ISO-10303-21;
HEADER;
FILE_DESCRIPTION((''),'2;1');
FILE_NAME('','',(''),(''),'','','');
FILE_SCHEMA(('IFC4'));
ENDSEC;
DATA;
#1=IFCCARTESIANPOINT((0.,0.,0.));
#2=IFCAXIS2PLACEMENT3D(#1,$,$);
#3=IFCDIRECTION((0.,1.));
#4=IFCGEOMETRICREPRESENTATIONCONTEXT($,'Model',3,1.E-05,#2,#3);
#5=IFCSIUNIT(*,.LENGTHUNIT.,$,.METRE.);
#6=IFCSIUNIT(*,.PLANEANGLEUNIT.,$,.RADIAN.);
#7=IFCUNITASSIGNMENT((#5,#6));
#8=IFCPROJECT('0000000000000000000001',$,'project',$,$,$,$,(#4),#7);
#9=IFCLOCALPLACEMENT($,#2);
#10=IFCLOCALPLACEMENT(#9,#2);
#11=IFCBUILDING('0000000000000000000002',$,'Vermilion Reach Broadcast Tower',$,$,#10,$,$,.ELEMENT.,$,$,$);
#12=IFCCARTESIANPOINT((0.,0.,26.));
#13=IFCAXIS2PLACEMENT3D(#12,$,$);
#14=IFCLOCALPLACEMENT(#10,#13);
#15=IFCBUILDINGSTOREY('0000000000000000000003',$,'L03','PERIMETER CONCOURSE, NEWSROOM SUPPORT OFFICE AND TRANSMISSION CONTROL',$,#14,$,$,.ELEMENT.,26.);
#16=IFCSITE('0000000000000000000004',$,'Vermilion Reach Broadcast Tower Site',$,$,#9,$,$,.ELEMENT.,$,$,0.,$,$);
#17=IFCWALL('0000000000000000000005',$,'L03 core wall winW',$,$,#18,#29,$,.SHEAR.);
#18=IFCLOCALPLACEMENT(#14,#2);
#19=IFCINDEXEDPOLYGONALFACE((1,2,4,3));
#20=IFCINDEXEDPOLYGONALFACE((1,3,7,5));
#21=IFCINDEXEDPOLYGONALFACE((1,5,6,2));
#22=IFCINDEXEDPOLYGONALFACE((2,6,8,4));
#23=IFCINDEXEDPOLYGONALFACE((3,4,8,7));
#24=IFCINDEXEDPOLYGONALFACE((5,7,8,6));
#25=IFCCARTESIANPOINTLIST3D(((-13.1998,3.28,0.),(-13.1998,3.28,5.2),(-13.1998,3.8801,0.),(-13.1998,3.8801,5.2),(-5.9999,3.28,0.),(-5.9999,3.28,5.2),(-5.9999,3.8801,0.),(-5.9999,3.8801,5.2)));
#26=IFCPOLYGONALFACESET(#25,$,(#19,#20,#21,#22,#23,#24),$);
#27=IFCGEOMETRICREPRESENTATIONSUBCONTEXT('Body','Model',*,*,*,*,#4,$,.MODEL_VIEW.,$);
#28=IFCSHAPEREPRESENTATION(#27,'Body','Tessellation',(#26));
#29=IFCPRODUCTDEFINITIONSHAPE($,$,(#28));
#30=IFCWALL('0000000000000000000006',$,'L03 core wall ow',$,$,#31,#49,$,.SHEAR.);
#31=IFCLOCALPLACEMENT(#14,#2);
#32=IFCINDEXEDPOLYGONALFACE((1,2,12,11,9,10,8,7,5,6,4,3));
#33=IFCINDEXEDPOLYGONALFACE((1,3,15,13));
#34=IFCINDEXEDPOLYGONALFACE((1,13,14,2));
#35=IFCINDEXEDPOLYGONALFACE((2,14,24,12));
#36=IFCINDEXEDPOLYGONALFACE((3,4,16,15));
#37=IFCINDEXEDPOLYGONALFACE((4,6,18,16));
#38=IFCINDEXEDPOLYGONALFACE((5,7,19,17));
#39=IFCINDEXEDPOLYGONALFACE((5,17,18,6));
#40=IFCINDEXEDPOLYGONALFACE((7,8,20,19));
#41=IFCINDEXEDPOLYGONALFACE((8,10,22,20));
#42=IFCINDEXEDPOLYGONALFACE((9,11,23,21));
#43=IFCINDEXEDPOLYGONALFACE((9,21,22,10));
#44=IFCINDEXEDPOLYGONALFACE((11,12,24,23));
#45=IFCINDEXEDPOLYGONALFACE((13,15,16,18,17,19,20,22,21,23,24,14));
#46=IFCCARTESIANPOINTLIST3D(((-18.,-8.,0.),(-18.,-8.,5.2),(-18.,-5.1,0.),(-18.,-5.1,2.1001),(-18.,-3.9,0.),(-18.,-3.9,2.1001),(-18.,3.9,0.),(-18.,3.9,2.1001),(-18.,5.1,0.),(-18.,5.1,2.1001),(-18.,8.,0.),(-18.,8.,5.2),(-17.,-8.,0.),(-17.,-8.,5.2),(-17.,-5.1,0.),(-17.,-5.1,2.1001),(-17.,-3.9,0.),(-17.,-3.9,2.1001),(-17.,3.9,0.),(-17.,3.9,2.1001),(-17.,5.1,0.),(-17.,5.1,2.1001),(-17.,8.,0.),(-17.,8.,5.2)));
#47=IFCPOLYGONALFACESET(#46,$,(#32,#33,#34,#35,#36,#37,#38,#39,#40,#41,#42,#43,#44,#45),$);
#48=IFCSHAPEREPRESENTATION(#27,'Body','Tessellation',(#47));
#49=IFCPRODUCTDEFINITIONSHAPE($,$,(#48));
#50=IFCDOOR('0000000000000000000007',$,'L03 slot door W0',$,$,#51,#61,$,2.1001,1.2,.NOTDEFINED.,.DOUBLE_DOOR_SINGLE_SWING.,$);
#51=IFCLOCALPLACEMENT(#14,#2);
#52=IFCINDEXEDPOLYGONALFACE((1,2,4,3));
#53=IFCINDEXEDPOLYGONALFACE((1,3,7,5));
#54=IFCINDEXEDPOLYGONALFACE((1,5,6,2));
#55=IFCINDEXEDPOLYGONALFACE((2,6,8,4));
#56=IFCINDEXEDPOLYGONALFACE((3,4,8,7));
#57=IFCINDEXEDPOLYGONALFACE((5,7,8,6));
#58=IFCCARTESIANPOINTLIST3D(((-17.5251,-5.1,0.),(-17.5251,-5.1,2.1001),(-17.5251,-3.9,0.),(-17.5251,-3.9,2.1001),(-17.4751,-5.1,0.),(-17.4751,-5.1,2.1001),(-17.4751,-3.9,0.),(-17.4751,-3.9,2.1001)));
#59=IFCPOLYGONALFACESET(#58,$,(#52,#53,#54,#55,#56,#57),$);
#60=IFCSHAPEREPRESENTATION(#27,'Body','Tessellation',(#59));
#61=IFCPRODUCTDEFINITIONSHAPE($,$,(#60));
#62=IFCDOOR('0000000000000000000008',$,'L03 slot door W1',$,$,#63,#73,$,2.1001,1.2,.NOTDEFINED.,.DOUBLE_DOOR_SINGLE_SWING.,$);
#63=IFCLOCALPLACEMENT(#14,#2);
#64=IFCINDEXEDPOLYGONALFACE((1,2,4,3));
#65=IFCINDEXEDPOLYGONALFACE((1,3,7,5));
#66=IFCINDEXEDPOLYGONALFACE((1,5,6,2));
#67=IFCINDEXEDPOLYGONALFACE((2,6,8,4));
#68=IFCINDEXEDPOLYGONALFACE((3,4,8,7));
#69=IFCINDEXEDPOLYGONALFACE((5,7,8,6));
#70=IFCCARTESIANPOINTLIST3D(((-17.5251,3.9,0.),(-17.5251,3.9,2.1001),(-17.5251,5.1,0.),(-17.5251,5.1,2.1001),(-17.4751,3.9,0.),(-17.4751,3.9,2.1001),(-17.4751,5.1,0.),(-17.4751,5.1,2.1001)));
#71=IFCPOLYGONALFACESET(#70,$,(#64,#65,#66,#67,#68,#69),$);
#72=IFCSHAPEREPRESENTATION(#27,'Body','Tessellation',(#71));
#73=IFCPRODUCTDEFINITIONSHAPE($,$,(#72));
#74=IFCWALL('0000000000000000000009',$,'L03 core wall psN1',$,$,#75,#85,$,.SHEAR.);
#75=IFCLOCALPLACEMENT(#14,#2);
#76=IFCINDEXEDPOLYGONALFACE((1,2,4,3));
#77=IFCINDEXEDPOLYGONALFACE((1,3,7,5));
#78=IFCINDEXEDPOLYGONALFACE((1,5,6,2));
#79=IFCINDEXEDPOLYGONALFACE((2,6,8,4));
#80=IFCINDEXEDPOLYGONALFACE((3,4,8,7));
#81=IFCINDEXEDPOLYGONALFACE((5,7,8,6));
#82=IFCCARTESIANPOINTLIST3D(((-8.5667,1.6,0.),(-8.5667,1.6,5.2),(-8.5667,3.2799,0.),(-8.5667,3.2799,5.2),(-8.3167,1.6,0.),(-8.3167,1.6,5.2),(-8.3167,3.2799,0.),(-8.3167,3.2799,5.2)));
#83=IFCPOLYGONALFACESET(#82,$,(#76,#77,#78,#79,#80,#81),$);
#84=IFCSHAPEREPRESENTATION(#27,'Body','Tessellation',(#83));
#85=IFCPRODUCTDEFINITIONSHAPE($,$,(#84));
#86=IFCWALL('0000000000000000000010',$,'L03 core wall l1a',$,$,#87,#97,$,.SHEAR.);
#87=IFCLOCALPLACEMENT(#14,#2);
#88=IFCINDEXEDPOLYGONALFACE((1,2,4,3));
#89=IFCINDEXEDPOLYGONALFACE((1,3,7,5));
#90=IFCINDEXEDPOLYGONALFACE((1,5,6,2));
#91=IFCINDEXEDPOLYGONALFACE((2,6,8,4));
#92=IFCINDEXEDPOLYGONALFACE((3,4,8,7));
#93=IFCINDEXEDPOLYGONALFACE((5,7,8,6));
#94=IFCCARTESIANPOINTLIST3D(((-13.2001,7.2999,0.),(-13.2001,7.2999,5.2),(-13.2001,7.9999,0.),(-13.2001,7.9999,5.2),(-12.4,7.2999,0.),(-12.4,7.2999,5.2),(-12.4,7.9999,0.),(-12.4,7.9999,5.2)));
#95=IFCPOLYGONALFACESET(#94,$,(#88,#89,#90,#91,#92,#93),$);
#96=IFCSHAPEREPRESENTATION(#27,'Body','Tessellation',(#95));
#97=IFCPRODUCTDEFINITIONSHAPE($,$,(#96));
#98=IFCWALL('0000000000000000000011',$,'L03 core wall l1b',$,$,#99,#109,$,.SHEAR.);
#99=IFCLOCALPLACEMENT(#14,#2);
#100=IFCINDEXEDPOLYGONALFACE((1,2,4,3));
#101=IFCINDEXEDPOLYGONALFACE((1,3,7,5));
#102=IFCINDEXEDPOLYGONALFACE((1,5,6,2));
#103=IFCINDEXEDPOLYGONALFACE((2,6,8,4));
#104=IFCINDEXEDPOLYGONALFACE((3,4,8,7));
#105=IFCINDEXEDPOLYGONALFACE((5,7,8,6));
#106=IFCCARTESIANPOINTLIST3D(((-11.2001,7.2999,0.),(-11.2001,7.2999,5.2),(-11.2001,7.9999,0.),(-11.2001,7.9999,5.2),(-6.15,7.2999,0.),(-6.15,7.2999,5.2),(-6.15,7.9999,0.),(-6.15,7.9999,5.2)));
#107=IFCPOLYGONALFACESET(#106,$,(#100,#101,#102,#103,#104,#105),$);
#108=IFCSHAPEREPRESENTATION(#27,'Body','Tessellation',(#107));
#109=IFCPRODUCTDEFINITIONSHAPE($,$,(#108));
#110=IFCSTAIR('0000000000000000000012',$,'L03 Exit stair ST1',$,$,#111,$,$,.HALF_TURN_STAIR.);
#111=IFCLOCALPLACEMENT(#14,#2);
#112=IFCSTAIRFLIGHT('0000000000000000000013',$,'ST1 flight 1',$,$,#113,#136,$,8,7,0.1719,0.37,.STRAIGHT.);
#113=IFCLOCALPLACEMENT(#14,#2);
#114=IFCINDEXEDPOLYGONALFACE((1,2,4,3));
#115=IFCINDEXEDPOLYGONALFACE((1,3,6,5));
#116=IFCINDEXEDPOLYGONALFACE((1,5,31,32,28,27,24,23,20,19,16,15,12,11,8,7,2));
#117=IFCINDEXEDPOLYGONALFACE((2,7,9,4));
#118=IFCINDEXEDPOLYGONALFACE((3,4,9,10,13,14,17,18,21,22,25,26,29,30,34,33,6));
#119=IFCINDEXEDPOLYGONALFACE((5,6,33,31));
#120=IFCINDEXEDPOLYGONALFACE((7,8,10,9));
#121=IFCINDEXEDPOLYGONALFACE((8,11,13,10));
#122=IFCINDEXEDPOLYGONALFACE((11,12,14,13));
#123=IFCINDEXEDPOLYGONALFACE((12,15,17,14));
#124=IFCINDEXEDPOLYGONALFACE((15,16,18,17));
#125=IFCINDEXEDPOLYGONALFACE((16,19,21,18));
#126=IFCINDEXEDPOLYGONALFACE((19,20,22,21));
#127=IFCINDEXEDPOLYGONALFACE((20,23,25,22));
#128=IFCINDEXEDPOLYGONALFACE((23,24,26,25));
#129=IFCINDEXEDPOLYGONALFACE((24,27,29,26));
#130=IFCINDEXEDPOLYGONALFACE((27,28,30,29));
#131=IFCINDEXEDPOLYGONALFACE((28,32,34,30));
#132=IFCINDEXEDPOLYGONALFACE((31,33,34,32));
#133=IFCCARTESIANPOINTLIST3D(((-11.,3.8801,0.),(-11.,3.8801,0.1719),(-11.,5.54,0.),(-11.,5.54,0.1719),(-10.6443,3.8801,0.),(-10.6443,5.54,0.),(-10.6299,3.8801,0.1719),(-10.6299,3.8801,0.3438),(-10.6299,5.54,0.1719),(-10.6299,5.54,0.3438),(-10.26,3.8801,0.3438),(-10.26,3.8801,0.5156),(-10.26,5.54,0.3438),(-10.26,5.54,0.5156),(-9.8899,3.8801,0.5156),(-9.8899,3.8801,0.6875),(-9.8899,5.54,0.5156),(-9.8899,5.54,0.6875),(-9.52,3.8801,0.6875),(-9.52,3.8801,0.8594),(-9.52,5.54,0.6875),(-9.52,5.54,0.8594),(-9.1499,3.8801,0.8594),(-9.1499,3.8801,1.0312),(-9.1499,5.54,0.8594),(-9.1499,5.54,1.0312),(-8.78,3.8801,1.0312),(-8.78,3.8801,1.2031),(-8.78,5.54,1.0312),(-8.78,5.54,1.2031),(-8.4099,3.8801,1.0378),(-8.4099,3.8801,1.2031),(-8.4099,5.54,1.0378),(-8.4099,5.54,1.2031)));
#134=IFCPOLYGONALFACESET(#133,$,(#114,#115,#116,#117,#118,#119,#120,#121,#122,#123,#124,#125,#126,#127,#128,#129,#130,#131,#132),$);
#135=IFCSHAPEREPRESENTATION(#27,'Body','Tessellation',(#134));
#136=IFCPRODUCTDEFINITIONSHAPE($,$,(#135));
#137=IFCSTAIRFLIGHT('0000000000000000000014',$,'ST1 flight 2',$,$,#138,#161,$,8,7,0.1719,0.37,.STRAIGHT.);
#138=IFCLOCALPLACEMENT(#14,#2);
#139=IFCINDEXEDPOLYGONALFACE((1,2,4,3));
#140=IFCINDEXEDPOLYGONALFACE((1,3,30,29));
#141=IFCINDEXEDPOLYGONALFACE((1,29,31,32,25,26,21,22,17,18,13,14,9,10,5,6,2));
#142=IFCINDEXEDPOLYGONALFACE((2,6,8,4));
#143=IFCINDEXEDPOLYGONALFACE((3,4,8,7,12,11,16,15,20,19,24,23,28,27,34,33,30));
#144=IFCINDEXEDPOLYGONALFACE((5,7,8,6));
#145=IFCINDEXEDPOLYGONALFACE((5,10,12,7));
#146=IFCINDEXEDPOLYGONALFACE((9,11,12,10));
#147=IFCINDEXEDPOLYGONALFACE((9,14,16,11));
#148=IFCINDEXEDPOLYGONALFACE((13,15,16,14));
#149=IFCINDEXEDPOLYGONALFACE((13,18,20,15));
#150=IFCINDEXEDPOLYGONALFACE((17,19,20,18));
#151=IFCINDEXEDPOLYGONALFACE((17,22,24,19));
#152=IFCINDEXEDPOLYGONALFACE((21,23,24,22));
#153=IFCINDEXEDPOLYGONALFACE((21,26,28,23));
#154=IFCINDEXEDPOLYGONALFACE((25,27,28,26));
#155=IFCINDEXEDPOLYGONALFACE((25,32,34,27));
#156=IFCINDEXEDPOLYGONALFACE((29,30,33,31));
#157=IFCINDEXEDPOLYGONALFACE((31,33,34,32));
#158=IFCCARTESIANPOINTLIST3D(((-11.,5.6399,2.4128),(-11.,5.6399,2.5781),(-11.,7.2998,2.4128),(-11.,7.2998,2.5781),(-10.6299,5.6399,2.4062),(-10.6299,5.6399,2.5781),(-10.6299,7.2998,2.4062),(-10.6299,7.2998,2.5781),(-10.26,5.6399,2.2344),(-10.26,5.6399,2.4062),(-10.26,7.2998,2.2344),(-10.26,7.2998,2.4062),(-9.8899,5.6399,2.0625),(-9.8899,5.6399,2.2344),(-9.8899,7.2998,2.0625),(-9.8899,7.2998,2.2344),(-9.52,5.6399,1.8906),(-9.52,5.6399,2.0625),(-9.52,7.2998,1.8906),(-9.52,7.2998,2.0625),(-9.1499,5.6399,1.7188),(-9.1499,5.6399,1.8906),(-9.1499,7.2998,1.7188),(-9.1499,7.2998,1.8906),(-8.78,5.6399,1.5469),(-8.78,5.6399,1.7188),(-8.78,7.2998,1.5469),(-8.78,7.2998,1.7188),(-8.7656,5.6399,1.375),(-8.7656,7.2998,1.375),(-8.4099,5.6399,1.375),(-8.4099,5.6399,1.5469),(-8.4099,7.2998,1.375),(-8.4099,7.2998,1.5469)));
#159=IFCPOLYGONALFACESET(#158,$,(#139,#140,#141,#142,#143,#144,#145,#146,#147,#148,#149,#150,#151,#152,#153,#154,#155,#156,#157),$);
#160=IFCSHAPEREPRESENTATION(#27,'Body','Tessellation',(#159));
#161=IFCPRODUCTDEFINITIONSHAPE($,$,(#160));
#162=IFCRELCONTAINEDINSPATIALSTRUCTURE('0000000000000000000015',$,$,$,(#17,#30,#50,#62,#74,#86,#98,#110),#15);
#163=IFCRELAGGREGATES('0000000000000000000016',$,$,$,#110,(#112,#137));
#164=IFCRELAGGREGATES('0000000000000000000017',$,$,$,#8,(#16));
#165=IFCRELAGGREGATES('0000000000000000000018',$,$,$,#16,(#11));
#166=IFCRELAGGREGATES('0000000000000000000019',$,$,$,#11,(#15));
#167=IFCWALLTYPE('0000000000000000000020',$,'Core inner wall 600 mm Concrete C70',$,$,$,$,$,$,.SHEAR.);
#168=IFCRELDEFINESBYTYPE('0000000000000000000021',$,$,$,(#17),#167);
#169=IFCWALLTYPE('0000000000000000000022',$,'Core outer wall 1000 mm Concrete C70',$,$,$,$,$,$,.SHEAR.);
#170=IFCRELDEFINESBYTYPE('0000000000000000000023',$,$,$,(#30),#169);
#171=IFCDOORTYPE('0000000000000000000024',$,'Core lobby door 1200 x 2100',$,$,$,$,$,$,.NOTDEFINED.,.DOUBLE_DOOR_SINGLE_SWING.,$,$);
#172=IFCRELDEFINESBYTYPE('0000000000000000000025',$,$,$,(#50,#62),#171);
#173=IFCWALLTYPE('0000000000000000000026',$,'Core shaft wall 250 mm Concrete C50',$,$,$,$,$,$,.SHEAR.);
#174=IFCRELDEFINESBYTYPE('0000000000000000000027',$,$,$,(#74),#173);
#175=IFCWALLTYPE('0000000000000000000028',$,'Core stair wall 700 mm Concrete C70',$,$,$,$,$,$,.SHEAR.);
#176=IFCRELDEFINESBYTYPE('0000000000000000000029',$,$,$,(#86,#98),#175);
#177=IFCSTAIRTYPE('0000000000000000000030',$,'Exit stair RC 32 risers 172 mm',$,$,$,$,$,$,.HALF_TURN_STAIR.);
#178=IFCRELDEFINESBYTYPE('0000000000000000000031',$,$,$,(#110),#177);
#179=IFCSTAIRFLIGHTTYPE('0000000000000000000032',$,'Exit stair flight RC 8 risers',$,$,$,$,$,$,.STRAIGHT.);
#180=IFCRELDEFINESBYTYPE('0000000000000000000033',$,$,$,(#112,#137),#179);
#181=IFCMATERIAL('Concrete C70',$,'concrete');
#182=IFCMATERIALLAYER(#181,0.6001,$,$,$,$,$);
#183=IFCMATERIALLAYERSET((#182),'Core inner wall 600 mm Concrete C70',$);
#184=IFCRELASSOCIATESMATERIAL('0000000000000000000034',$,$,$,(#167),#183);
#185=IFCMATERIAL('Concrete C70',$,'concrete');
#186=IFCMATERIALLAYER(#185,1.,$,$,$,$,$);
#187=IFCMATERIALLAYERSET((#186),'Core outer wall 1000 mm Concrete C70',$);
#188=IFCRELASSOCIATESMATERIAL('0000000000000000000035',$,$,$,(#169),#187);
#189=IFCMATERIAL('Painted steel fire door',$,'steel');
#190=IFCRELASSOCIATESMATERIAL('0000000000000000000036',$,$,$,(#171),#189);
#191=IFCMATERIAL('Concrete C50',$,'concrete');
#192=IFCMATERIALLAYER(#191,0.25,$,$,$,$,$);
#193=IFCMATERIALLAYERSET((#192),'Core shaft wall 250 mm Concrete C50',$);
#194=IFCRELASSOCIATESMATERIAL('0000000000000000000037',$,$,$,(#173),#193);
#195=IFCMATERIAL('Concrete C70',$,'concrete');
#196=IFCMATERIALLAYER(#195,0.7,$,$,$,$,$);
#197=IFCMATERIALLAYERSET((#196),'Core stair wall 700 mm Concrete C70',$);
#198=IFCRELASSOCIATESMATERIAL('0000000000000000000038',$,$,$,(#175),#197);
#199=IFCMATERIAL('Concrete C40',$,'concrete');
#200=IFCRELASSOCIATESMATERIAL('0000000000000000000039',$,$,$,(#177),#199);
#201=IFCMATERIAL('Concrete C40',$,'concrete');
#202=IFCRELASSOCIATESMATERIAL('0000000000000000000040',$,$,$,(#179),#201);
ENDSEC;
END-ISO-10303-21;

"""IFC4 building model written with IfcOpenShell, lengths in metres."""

from ifc_helpers import new_model, si_unit, direction, frame, frame_2d, origin, place, context, subcontext, project, spatial, polyline, rectangle, outline, extrude, material, layer, layer_set, type_object, element, fill, aggregate, save


model = new_model("IFC4")

# Units and contexts
model_context = context("Model", 3, precision=1e-05, world=origin(), true_north=direction((0.0, 1.0)))
body_context = subcontext(model_context, "Body", "Model", "MODEL_VIEW")
ifc_project = project(units=[si_unit("LENGTHUNIT", "METRE"), si_unit("PLANEANGLEUNIT", "RADIAN")], contexts=[model_context])

# Site, building, storey
site_placement = place(None, origin())
site = spatial("IfcSite", under=ifc_project, at=site_placement, Name="Vermilion Reach Broadcast Tower Site", CompositionType="ELEMENT", RefElevation=0.0)
building_placement = place(site_placement, origin())
building = spatial("IfcBuilding", under=site, at=building_placement, Name="Vermilion Reach Broadcast Tower", CompositionType="ELEMENT")
storey_placement = place(building_placement, frame((0.0, 0.0, 26.0)))
storey = spatial("IfcBuildingStorey", under=building, at=storey_placement, Name="L03", Description="PERIMETER CONCOURSE, NEWSROOM SUPPORT OFFICE AND TRANSMISSION CONTROL", CompositionType="ELEMENT", Elevation=26.0)

# Wall
ifc_material_1 = material(Name="Concrete C70", Category="concrete")
ifc_layer_1 = layer(ifc_material_1, 0.6001)
ifc_layer_set_1 = layer_set([ifc_layer_1], Name="Core inner wall 600 mm Concrete C70")
wall_type_1 = type_object("IfcWallType", Name="Core inner wall 600 mm Concrete C70", PredefinedType="SHEAR", material=ifc_layer_set_1)
wall_1_placement = place(storey_placement, frame((-13.2, 3.5801, 0.0), z_axis=(0.0, 0.0, 1.0), x_axis=(1.0, 0.0, 0.0)))
element("IfcWall", 1, at=wall_1_placement, inside=storey, type_object=wall_type_1, Name="L03 core wall winW", PredefinedType="SHEAR", context=body_context, shape_type="SweptSolid", body=[
    extrude(rectangle(XDim=7.2, YDim=0.6001, at=frame_2d((3.6001, 0.0))), origin(), (0.0, 0.0, 1.0), 5.2),
])

# Wall, openings, doors
ifc_material_2 = material(Name="Concrete C70", Category="concrete")
ifc_layer_2 = layer(ifc_material_2, 1.0)
ifc_layer_set_2 = layer_set([ifc_layer_2], Name="Core outer wall 1000 mm Concrete C70")
wall_type_2 = type_object("IfcWallType", Name="Core outer wall 1000 mm Concrete C70", PredefinedType="SHEAR", material=ifc_layer_set_2)
wall_2_placement = place(storey_placement, frame((-17.5, 8.0, 0.0), z_axis=(0.0, 0.0, 1.0), x_axis=(0.0, -1.0, 0.0)))
wall_2 = element("IfcWall", 2, at=wall_2_placement, inside=storey, type_object=wall_type_2, Name="L03 core wall ow", PredefinedType="SHEAR", context=body_context, shape_type="SweptSolid", body=[
    extrude(rectangle(XDim=16.0, YDim=1.0, at=frame_2d((8.0, 0.0))), origin(), (0.0, 0.0, 1.0), 5.2),
])
opening_1_placement = place(wall_2_placement, frame((11.8999, 0.0, 0.0)))
opening_1 = element("IfcOpeningElement", 3, at=opening_1_placement, cuts=wall_2, PredefinedType="OPENING", context=body_context, shape_type="SweptSolid", body=[
    extrude(rectangle(XDim=1.2, YDim=2.1001, at=frame_2d((0.6001, 1.05))), frame((0.0, 0.51, 0.0), z_axis=(0.0, -1.0, 0.0), x_axis=(1.0, 0.0, 0.0)), (0.0, 0.0, 1.0), 1.02),
])
opening_2_placement = place(wall_2_placement, frame((2.8999, 0.0, 0.0)))
opening_2 = element("IfcOpeningElement", 4, at=opening_2_placement, cuts=wall_2, PredefinedType="OPENING", context=body_context, shape_type="SweptSolid", body=[
    extrude(rectangle(XDim=1.2, YDim=2.1001, at=frame_2d((0.6001, 1.05))), frame((0.0, 0.51, 0.0), z_axis=(0.0, -1.0, 0.0), x_axis=(1.0, 0.0, 0.0)), (0.0, 0.0, 1.0), 1.02),
])
ifc_material_3 = material(Name="Painted steel fire door", Category="steel")
door_type = type_object("IfcDoorType", Name="Core lobby door 1200 x 2100", OperationType="DOUBLE_DOOR_SINGLE_SWING", PredefinedType="NOTDEFINED", material=ifc_material_3)
door_1_placement = place(opening_1_placement, origin())
door_1 = element("IfcDoor", 5, at=door_1_placement, inside=storey, type_object=door_type, Name="L03 slot door W0", OperationType="DOUBLE_DOOR_SINGLE_SWING", OverallHeight=2.1001, OverallWidth=1.2, PredefinedType="NOTDEFINED", context=body_context, shape_type="SweptSolid", body=[
    extrude(rectangle(XDim=1.2, YDim=2.1001, at=frame_2d((0.6001, 1.05))), frame((0.0, 0.0249, 0.0), z_axis=(0.0, -1.0, 0.0), x_axis=(1.0, 0.0, 0.0)), (0.0, 0.0, 1.0), 0.05),
])
fill(opening_1, door_1)
door_2_placement = place(opening_2_placement, origin())
door_2 = element("IfcDoor", 6, at=door_2_placement, inside=storey, type_object=door_type, Name="L03 slot door W1", OperationType="DOUBLE_DOOR_SINGLE_SWING", OverallHeight=2.1001, OverallWidth=1.2, PredefinedType="NOTDEFINED", context=body_context, shape_type="SweptSolid", body=[
    extrude(rectangle(XDim=1.2, YDim=2.1001, at=frame_2d((0.6001, 1.05))), frame((0.0, 0.0249, 0.0), z_axis=(0.0, -1.0, 0.0), x_axis=(1.0, 0.0, 0.0)), (0.0, 0.0, 1.0), 0.05),
])
fill(opening_2, door_2)

# Walls
ifc_material_4 = material(Name="Concrete C50", Category="concrete")
ifc_layer_3 = layer(ifc_material_4, 0.25)
ifc_layer_set_3 = layer_set([ifc_layer_3], Name="Core shaft wall 250 mm Concrete C50")
wall_type_3 = type_object("IfcWallType", Name="Core shaft wall 250 mm Concrete C50", PredefinedType="SHEAR", material=ifc_layer_set_3)
wall_3_placement = place(storey_placement, frame((-8.4417, 1.6001, 0.0), z_axis=(0.0, 0.0, 1.0), x_axis=(0.0, 1.0, 0.0)))
element("IfcWall", 7, at=wall_3_placement, inside=storey, type_object=wall_type_3, Name="L03 core wall psN1", PredefinedType="SHEAR", context=body_context, shape_type="SweptSolid", body=[
    extrude(rectangle(XDim=1.6799, YDim=0.25, at=frame_2d((0.8398, 0.0))), origin(), (0.0, 0.0, 1.0), 5.2),
])
ifc_material_5 = material(Name="Concrete C70", Category="concrete")
ifc_layer_4 = layer(ifc_material_5, 0.7)
ifc_layer_set_4 = layer_set([ifc_layer_4], Name="Core stair wall 700 mm Concrete C70")
wall_type_4 = type_object("IfcWallType", Name="Core stair wall 700 mm Concrete C70", PredefinedType="SHEAR", material=ifc_layer_set_4)
wall_4_placement = place(storey_placement, frame((-13.2, 7.6499, 0.0), z_axis=(0.0, 0.0, 1.0), x_axis=(1.0, 0.0, 0.0)))
element("IfcWall", 8, at=wall_4_placement, inside=storey, type_object=wall_type_4, Name="L03 core wall l1a", PredefinedType="SHEAR", context=body_context, shape_type="SweptSolid", body=[
    extrude(rectangle(XDim=0.8, YDim=0.7, at=frame_2d((0.3999, 0.0))), origin(), (0.0, 0.0, 1.0), 5.2),
])
wall_5_placement = place(storey_placement, frame((-11.2, 7.6499, 0.0), z_axis=(0.0, 0.0, 1.0), x_axis=(1.0, 0.0, 0.0)))
element("IfcWall", 9, at=wall_5_placement, inside=storey, type_object=wall_type_4, Name="L03 core wall l1b", PredefinedType="SHEAR", context=body_context, shape_type="SweptSolid", body=[
    extrude(rectangle(XDim=5.05, YDim=0.7, at=frame_2d((2.5249, 0.0))), origin(), (0.0, 0.0, 1.0), 5.2),
])

# Stair, stair flights
ifc_material_6 = material(Name="Concrete C40", Category="concrete")
stair_type = type_object("IfcStairType", Name="Exit stair RC 32 risers 172 mm", PredefinedType="HALF_TURN_STAIR", material=ifc_material_6)
stair_placement = place(storey_placement, origin())
stair = element("IfcStair", 10, at=stair_placement, inside=storey, type_object=stair_type, Name="L03 Exit stair ST1", PredefinedType="HALF_TURN_STAIR")
ifc_material_7 = material(Name="Concrete C40", Category="concrete")
stair_flight_type = type_object("IfcStairFlightType", Name="Exit stair flight RC 8 risers", PredefinedType="STRAIGHT", material=ifc_material_7)
stair_flight_1_placement = place(storey_placement, frame((-11.0, 4.71, 0.0), z_axis=(0.0, 0.0, 1.0), x_axis=(1.0, 0.0, 0.0)))
stair_flight_1 = element("IfcStairFlight", 11, at=stair_flight_1_placement, type_object=stair_flight_type, Name="ST1 flight 1", NumberOfRisers=8, NumberOfTreads=7, PredefinedType="STRAIGHT", RiserHeight=0.1719, TreadLength=0.37, context=body_context, shape_type="SweptSolid", body=[
    extrude(outline(polyline([(0.0, 0.0), (0.0, 0.1719), (0.3701, 0.1719), (0.3701, 0.3438), (0.74, 0.3438), (0.74, 0.5156), (1.1101, 0.5156), (1.1101, 0.6875), (1.48, 0.6875), (1.48, 0.8594), (1.8501, 0.8594), (1.8501, 1.0312), (2.22, 1.0312), (2.22, 1.2031), (2.5901, 1.2031), (2.5901, 1.375), (2.5901, 1.0378), (0.3557, 0.0), (0.0, 0.0)])), frame((0.0, 0.8301, 0.0), z_axis=(0.0, -1.0, 0.0), x_axis=(1.0, 0.0, 0.0)), (0.0, 0.0, 1.0), 1.6599),
])
stair_flight_2_placement = place(storey_placement, frame((-8.4099, 6.47, 1.375), z_axis=(0.0, 0.0, 1.0), x_axis=(-1.0, 0.0, 0.0)))
stair_flight_2 = element("IfcStairFlight", 12, at=stair_flight_2_placement, type_object=stair_flight_type, Name="ST1 flight 2", NumberOfRisers=8, NumberOfTreads=7, PredefinedType="STRAIGHT", RiserHeight=0.1719, TreadLength=0.37, context=body_context, shape_type="SweptSolid", body=[
    extrude(outline(polyline([(0.0, 0.0), (0.0, 0.1719), (0.3701, 0.1719), (0.3701, 0.3438), (0.74, 0.3438), (0.74, 0.5156), (1.1101, 0.5156), (1.1101, 0.6875), (1.48, 0.6875), (1.48, 0.8594), (1.8501, 0.8594), (1.8501, 1.0312), (2.22, 1.0312), (2.22, 1.2031), (2.5901, 1.2031), (2.5901, 1.375), (2.5901, 1.0378), (0.3557, 0.0), (0.0, 0.0)])), frame((0.0, 0.8301, 0.0), z_axis=(0.0, -1.0, 0.0), x_axis=(1.0, 0.0, 0.0)), (0.0, 0.0, 1.0), 1.6599),
])
aggregate(stair, [stair_flight_1, stair_flight_2])

save(model, "model.ifc")
